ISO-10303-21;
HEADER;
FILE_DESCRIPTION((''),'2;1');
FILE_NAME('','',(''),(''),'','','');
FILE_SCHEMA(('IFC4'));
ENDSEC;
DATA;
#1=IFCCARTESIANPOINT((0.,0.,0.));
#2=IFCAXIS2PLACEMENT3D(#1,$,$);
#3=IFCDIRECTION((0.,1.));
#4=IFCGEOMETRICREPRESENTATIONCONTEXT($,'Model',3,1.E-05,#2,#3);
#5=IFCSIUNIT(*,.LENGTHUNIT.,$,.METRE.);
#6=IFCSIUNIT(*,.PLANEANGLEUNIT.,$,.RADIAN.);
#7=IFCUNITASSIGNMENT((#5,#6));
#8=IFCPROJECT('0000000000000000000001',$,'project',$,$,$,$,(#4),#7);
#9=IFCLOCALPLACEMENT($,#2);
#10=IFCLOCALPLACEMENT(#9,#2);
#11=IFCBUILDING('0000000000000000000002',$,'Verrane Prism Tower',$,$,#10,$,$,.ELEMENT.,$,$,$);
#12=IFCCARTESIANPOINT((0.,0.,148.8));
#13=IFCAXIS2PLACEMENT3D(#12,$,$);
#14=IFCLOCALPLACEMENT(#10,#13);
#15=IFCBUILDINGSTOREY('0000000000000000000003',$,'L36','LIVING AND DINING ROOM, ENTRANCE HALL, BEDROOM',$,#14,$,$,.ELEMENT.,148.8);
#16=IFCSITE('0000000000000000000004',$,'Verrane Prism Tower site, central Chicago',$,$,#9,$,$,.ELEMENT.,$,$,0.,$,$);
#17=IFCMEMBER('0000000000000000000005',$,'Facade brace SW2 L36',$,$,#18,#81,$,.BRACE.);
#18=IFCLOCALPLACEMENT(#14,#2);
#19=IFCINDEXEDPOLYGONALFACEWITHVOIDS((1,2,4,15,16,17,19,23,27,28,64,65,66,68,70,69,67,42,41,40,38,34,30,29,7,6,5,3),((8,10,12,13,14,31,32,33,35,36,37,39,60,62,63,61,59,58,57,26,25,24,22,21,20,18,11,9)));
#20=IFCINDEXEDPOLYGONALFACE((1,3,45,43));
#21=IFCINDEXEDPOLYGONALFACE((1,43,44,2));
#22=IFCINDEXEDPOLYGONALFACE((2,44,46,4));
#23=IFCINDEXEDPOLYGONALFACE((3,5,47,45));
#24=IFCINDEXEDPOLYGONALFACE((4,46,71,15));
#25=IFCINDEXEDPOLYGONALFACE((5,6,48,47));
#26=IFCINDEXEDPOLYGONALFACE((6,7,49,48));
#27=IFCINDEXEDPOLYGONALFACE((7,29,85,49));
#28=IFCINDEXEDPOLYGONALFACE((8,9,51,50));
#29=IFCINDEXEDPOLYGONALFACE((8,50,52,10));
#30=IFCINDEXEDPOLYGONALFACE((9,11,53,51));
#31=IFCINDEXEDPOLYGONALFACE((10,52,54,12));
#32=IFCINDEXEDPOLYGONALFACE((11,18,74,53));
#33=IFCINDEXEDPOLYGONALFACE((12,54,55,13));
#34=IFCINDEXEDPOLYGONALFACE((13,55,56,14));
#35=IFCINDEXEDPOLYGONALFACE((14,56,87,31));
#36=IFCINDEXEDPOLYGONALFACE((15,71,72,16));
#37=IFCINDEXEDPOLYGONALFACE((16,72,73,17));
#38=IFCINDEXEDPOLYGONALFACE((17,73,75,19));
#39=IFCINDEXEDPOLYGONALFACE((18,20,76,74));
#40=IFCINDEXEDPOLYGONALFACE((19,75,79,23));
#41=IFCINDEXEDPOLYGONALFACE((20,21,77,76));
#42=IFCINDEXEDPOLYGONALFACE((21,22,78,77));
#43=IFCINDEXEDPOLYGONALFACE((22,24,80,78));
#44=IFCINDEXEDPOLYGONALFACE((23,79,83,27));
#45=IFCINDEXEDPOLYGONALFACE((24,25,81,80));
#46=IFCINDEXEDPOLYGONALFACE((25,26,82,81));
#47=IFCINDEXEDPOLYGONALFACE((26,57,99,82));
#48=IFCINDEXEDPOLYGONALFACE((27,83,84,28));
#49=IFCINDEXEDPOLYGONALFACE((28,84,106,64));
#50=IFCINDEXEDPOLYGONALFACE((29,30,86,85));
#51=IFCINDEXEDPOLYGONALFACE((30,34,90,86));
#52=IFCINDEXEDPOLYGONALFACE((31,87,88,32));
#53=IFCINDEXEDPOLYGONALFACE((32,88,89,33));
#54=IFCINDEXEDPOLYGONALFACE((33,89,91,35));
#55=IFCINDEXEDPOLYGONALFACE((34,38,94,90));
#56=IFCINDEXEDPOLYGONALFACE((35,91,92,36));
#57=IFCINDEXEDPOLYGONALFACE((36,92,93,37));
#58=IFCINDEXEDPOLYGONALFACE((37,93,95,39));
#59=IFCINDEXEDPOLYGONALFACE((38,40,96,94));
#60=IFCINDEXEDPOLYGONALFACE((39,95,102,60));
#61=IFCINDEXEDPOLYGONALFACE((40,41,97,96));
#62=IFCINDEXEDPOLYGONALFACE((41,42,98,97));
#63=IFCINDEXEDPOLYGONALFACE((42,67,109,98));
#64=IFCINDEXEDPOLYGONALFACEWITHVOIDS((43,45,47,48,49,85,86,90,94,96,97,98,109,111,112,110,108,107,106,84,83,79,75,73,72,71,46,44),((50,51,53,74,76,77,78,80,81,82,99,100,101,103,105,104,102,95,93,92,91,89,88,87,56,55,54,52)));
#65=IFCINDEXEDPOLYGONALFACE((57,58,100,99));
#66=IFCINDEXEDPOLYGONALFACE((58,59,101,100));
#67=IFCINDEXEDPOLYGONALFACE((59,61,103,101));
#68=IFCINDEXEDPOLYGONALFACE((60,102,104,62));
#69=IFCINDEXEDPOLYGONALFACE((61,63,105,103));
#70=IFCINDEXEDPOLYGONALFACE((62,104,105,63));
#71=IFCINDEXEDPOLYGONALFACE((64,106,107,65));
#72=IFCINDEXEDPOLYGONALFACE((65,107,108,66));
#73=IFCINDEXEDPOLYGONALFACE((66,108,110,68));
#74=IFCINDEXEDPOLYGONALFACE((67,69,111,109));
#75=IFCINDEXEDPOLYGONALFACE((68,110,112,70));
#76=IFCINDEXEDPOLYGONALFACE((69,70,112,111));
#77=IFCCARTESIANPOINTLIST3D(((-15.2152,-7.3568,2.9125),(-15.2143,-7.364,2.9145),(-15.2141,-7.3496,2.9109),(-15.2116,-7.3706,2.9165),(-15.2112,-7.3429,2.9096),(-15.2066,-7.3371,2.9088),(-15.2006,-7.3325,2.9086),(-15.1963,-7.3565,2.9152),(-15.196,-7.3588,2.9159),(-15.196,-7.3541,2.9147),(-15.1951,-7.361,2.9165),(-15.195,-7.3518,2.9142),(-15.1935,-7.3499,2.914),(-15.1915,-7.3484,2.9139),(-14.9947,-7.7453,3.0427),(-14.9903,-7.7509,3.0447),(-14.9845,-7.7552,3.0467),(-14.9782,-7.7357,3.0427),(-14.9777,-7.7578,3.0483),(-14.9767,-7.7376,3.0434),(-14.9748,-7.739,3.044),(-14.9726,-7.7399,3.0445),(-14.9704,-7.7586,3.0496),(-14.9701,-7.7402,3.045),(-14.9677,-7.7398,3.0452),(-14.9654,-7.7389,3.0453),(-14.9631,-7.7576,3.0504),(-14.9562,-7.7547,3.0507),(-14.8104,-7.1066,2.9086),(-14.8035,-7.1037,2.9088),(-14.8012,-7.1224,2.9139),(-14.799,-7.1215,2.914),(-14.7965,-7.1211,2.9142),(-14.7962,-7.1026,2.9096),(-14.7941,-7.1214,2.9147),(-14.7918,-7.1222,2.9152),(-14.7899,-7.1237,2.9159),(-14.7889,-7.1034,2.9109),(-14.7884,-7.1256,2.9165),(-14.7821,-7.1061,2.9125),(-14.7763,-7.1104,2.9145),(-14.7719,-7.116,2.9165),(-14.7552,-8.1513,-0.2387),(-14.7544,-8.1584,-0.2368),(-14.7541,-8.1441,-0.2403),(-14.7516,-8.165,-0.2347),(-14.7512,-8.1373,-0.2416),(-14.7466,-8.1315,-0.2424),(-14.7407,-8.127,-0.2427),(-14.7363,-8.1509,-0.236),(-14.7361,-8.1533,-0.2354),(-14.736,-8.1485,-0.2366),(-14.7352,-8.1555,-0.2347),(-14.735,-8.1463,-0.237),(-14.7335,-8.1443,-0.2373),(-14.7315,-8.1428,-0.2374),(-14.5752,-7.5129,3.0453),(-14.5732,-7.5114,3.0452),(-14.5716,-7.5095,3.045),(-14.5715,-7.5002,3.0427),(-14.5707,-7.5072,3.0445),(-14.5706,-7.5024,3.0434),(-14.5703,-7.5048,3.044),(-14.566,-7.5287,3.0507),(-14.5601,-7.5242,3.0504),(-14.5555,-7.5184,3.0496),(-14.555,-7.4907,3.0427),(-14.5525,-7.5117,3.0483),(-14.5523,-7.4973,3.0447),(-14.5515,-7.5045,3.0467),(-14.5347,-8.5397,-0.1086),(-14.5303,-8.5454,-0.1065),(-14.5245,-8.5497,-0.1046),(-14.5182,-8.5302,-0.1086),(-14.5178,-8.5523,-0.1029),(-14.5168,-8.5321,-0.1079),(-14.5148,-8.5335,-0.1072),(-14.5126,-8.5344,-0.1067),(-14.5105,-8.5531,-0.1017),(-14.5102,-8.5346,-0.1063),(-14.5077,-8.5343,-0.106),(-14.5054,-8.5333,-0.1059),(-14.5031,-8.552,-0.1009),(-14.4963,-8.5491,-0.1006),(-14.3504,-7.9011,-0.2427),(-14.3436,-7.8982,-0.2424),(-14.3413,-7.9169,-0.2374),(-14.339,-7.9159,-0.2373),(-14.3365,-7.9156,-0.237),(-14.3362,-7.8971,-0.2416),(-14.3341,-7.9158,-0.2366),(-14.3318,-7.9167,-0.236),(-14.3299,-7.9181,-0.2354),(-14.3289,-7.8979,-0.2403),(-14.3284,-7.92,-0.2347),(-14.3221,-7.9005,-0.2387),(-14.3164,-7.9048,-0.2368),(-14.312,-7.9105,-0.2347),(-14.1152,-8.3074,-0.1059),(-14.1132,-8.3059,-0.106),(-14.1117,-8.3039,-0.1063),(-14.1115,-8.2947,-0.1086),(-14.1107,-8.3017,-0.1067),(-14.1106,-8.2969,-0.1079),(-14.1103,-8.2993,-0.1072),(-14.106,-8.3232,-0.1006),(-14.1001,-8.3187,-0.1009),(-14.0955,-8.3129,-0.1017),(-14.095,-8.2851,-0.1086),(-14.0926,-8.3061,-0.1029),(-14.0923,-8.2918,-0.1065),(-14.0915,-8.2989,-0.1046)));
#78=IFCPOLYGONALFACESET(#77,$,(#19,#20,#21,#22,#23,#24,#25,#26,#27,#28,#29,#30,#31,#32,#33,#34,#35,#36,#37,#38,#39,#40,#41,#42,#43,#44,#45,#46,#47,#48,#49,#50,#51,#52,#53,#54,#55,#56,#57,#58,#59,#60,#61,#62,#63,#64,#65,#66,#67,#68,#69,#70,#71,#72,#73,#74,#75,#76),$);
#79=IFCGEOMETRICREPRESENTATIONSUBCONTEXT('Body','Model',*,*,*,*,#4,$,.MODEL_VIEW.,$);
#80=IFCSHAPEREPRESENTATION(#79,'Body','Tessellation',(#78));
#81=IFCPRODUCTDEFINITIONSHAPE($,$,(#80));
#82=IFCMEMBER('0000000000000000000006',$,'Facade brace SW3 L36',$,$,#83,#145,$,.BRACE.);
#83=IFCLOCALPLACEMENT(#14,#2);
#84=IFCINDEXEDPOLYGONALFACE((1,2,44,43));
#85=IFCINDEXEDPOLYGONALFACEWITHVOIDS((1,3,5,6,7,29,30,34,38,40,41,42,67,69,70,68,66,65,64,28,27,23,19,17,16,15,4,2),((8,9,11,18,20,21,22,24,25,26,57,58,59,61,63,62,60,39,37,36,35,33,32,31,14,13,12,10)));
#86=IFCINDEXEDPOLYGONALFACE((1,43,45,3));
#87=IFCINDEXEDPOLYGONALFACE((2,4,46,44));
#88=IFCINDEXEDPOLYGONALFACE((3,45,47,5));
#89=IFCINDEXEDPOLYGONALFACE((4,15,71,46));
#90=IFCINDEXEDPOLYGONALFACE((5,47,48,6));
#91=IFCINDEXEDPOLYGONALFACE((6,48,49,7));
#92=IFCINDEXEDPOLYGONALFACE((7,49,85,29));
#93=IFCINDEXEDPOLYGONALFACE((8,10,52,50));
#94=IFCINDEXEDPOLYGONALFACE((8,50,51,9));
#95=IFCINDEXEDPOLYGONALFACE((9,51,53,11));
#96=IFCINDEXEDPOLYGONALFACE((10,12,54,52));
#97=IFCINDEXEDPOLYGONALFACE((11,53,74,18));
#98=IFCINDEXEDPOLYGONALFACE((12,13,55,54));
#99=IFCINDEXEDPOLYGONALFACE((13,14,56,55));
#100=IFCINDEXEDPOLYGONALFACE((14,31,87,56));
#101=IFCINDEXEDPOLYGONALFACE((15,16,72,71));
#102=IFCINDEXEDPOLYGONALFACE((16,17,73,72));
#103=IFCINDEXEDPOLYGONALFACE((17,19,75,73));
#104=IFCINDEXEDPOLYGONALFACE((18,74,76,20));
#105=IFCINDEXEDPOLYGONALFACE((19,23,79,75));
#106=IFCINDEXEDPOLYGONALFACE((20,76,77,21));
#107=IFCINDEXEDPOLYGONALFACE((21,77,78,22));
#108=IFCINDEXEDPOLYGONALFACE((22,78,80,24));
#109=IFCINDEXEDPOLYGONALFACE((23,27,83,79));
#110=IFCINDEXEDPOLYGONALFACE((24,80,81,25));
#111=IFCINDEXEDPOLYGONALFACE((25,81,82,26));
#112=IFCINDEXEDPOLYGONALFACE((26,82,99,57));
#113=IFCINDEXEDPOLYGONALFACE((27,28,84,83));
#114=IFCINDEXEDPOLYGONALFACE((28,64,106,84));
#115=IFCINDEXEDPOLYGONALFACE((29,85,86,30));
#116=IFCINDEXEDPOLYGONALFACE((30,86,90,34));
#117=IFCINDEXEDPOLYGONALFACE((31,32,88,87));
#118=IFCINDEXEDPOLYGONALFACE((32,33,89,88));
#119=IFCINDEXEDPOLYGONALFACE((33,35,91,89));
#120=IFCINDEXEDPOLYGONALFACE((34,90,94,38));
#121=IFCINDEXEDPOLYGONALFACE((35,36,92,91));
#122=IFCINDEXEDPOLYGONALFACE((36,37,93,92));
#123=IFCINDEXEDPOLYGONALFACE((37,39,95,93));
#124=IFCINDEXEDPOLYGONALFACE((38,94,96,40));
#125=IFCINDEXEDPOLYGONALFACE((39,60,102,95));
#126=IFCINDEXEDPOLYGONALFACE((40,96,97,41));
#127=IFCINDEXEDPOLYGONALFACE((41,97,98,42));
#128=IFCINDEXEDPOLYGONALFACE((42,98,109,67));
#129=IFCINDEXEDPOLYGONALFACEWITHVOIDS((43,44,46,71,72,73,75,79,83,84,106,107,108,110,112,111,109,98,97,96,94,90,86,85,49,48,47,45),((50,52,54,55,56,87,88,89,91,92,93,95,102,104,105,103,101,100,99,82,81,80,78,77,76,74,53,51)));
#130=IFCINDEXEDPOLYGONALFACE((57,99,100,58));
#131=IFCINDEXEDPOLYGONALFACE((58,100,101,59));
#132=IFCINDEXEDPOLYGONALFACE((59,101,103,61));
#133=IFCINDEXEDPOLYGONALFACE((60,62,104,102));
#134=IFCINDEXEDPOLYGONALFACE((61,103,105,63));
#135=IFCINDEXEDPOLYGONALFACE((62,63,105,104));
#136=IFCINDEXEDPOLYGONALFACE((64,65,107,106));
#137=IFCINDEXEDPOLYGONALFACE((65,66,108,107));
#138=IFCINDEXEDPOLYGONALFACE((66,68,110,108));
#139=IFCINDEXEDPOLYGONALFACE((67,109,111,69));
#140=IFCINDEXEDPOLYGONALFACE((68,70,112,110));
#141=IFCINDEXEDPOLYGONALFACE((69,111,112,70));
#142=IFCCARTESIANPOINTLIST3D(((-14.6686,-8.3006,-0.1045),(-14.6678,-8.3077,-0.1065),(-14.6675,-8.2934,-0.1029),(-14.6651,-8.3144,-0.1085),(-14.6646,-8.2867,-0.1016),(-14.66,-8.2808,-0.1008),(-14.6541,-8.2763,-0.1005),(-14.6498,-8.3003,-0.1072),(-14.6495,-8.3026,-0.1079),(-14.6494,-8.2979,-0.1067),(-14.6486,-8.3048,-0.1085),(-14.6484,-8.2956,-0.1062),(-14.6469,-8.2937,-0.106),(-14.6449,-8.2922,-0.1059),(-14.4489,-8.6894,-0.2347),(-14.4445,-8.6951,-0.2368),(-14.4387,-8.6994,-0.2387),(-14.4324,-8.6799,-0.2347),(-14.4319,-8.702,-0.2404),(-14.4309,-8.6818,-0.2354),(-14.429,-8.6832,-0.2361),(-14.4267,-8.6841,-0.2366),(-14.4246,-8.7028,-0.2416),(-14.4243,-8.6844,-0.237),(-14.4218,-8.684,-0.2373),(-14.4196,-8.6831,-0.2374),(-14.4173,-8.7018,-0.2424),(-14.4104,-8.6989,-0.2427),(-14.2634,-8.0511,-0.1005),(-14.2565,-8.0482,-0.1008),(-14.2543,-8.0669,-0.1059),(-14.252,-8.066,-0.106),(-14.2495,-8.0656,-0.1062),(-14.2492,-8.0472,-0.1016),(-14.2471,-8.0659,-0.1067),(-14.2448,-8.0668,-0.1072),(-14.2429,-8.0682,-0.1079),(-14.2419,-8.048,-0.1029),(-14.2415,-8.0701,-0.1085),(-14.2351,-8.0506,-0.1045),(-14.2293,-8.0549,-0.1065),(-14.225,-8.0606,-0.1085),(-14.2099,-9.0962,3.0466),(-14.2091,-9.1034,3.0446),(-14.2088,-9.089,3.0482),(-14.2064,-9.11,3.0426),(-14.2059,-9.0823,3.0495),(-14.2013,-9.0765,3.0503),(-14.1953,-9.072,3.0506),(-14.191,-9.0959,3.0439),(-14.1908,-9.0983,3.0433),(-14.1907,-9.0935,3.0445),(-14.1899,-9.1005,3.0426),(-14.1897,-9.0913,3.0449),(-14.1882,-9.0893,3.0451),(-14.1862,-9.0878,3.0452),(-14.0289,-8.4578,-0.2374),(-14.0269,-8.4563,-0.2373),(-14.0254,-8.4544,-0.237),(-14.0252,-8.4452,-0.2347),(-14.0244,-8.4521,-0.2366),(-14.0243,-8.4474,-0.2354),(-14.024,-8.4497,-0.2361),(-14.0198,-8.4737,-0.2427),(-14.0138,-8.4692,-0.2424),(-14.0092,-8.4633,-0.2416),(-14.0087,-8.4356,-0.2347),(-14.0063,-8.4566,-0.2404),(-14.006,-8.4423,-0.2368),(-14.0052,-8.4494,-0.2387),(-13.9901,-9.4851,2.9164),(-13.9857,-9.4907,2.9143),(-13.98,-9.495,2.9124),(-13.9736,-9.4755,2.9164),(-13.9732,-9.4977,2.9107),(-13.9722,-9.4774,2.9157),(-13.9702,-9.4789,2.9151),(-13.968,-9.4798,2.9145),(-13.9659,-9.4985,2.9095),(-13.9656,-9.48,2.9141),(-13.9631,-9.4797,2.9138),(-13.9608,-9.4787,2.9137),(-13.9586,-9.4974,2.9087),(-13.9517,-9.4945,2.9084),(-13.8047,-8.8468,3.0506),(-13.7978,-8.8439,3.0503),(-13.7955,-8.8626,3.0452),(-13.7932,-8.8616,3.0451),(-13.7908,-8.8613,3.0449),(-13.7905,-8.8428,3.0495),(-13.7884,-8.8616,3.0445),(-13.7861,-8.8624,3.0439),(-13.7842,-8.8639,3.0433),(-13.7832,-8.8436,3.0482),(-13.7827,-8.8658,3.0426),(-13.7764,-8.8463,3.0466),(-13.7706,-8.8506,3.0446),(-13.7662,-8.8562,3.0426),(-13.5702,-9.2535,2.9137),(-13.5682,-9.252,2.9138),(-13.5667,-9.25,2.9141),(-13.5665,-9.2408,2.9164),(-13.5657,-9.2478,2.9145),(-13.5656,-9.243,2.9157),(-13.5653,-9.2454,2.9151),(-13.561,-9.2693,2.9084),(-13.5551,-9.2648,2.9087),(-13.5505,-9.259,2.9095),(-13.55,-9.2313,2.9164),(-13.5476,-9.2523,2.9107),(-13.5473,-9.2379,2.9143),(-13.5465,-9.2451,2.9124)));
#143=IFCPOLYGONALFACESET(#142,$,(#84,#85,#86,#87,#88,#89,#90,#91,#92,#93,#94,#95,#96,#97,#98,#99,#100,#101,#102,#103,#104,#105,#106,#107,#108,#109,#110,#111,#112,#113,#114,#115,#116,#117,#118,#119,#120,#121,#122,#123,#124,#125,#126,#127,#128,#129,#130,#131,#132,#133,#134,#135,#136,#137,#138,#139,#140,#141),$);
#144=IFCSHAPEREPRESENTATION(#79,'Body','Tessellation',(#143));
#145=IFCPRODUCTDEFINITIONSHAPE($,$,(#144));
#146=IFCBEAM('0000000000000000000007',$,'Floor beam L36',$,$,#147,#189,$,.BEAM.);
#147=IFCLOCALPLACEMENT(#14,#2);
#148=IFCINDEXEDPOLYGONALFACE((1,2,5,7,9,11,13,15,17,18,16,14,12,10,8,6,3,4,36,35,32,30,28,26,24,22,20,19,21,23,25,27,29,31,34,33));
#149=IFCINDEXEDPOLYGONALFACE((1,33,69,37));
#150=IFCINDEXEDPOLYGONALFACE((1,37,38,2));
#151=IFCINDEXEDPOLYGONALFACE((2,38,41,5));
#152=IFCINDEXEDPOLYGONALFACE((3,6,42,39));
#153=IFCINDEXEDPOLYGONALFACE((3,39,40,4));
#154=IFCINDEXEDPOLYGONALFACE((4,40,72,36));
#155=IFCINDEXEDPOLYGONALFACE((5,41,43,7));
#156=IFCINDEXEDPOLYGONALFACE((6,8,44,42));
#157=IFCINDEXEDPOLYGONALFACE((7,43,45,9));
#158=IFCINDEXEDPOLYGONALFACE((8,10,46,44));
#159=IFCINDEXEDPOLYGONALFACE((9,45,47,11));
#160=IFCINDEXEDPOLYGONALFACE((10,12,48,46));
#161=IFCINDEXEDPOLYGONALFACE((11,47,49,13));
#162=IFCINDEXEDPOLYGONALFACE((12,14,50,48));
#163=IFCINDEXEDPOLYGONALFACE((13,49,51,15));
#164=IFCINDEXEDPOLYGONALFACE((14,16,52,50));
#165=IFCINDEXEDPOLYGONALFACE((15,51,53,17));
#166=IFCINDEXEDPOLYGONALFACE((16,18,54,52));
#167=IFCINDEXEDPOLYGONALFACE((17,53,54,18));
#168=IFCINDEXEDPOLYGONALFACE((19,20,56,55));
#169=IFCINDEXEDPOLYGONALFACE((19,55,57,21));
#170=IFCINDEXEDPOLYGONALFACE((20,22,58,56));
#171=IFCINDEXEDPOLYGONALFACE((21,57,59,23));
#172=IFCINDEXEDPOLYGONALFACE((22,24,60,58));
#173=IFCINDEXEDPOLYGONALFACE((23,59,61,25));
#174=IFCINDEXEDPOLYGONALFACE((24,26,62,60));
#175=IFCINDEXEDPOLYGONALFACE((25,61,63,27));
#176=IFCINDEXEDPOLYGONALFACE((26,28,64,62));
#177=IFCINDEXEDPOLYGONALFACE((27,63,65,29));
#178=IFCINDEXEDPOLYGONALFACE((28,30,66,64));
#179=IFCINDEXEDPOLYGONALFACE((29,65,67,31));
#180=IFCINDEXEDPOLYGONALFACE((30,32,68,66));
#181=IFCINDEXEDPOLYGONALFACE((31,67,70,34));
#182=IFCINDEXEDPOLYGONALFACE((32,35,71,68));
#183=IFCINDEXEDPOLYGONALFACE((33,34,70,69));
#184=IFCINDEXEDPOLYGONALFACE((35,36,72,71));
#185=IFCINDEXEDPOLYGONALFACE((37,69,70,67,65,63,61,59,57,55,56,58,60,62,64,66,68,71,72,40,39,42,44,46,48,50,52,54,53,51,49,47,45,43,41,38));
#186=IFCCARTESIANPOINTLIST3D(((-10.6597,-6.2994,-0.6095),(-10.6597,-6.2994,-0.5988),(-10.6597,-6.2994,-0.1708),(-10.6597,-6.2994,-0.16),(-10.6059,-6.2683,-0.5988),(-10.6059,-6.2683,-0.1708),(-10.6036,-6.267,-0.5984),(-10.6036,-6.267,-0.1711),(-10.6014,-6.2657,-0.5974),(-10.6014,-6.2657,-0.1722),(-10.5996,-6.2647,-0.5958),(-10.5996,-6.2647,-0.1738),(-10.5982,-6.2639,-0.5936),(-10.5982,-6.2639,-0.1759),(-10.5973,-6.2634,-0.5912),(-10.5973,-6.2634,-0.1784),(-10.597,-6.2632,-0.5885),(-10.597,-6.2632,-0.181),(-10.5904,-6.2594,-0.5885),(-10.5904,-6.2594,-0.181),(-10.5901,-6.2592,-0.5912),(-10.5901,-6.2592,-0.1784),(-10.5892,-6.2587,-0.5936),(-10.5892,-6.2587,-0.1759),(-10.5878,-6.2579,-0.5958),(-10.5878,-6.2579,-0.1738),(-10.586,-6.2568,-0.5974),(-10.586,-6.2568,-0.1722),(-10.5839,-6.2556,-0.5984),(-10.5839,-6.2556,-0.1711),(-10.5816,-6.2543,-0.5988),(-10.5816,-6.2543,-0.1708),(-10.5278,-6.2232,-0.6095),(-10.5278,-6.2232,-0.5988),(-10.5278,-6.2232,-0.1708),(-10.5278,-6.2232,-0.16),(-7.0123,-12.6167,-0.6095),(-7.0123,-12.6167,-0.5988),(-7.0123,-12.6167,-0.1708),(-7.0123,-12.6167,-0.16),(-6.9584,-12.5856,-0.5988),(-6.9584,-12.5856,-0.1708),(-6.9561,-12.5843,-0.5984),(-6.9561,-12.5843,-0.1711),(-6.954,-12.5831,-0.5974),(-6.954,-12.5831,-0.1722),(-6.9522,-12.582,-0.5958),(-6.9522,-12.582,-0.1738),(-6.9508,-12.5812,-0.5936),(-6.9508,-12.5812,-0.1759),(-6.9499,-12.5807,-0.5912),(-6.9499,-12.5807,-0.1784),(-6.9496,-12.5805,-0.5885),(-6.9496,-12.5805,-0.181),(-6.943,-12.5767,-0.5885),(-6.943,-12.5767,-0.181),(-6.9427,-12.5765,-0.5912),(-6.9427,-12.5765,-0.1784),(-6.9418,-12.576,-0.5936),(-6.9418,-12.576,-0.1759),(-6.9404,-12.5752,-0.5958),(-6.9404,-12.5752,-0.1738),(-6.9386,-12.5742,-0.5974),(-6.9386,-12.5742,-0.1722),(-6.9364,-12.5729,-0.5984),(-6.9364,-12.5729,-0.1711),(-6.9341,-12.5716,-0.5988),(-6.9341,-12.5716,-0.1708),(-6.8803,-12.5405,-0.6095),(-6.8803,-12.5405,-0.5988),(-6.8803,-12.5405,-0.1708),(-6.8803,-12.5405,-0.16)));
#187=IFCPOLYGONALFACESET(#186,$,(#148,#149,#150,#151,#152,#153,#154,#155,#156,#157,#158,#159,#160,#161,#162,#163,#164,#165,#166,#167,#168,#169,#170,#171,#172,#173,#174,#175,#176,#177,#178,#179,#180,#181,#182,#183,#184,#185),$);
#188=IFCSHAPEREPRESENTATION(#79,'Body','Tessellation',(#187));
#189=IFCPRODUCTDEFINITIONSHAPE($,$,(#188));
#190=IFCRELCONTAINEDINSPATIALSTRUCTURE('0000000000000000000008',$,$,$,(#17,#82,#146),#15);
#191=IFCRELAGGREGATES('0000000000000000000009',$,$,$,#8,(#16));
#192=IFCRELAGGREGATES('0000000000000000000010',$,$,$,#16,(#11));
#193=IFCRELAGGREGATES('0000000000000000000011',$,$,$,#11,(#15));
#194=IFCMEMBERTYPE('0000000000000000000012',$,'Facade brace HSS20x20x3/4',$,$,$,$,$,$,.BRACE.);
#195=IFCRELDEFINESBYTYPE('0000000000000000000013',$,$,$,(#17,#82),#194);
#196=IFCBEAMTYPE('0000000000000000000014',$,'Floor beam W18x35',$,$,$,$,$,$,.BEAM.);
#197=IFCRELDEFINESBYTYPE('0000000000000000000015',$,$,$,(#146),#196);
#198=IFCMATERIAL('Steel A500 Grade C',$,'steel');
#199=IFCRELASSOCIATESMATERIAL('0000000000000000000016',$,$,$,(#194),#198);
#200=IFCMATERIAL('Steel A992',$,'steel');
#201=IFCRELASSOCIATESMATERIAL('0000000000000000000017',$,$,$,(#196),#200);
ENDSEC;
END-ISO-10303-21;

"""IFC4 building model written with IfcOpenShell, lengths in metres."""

from ifc_helpers import new_model, si_unit, direction, frame, origin, origin_2d, place, context, subcontext, project, spatial, hollow_rectangle, i_section, extrude, material, material_profile, profile_set, type_object, element, save


model = new_model("IFC4")

# Units and contexts
model_context = context("Model", 3, precision=1e-05, world=origin(), true_north=direction((0.0, 1.0)))
body_context = subcontext(model_context, "Body", "Model", "MODEL_VIEW")
ifc_project = project(units=[si_unit("LENGTHUNIT", "METRE"), si_unit("PLANEANGLEUNIT", "RADIAN")], contexts=[model_context])

# Site, building, storey
site_placement = place(None, origin())
site = spatial("IfcSite", under=ifc_project, at=site_placement, Name="Verrane Prism Tower site, central Chicago", CompositionType="ELEMENT", RefElevation=0.0)
building_placement = place(site_placement, origin())
building = spatial("IfcBuilding", under=site, at=building_placement, Name="Verrane Prism Tower", CompositionType="ELEMENT")
storey_placement = place(building_placement, frame((0.0, 0.0, 148.8)))
storey = spatial("IfcBuildingStorey", under=building, at=storey_placement, Name="L36", Description="LIVING AND DINING ROOM, ENTRANCE HALL, BEDROOM", CompositionType="ELEMENT", Elevation=148.8)

# Members
ifc_material_1 = material(Name="Steel A500 Grade C", Category="steel")
ifc_material_profile_1 = material_profile(ifc_material_1, hollow_rectangle(XDim=0.5081, YDim=0.5081, WallThickness=0.019, InnerFilletRadius=0.0095, OuterFilletRadius=0.0286, at=origin_2d()), Name="HSS20x20x3/4")
ifc_profile_set_1 = profile_set([ifc_material_profile_1], Name="Steel A500 Grade C")
member_type_1 = type_object("IfcMemberType", Name="Facade brace HSS20x20x3/4", PredefinedType="BRACE", material=ifc_profile_set_1)
for number, where, z_axis, x_axis, name in (
    (1, (-14.4233, -8.2251, -0.1716), (-0.140142, 0.242049, 0.96009), (-0.865414, -0.501057, 0.0), "Facade brace SW2 L36"),
    (2, (-14.3369, -8.375, -0.1716), (0.139764, -0.242412, 0.960053), (0.866323, 0.499485, 0.0), "Facade brace SW3 L36"),
):
    element("IfcMember", number, at=place(storey_placement, frame(where, z_axis=z_axis, x_axis=x_axis)), inside=storey, type_object=member_type_1, Name=name, PredefinedType="BRACE", context=body_context, shape_type="SweptSolid", body=[
        extrude(hollow_rectangle(XDim=0.5081, YDim=0.5081, WallThickness=0.019, InnerFilletRadius=0.0095, OuterFilletRadius=0.0286, at=origin_2d()), origin(), (0.0, 0.0, 1.0), 3.2822),
    ])

# Beam
ifc_material_2 = material(Name="Steel A992", Category="steel")
ifc_material_profile_2 = material_profile(ifc_material_2, i_section(OverallWidth=0.1523, OverallDepth=0.4495, WebThickness=0.0076, FlangeThickness=0.0107, FilletRadius=0.0103, at=origin_2d()), Name="W18x35")
ifc_profile_set_2 = profile_set([ifc_material_profile_2], Name="Steel A992")
beam_type_1 = type_object("IfcBeamType", Name="Floor beam W18x35", PredefinedType="BEAM", material=ifc_profile_set_2)
beam_1_placement = place(storey_placement, frame((-6.9463, -12.5786, -0.3848), z_axis=(-0.500012, 0.866018, 0.0), x_axis=(-0.866018, -0.500012, 0.0)))
element("IfcBeam", 3, at=beam_1_placement, inside=storey, type_object=beam_type_1, Name="Floor beam L36", PredefinedType="BEAM", context=body_context, shape_type="SweptSolid", body=[
    extrude(i_section(OverallWidth=0.1523, OverallDepth=0.4495, WebThickness=0.0076, FlangeThickness=0.0107, FilletRadius=0.0103, at=origin_2d()), origin(), (0.0, 0.0, 1.0), 7.2947),
])

save(model, "model.ifc")
